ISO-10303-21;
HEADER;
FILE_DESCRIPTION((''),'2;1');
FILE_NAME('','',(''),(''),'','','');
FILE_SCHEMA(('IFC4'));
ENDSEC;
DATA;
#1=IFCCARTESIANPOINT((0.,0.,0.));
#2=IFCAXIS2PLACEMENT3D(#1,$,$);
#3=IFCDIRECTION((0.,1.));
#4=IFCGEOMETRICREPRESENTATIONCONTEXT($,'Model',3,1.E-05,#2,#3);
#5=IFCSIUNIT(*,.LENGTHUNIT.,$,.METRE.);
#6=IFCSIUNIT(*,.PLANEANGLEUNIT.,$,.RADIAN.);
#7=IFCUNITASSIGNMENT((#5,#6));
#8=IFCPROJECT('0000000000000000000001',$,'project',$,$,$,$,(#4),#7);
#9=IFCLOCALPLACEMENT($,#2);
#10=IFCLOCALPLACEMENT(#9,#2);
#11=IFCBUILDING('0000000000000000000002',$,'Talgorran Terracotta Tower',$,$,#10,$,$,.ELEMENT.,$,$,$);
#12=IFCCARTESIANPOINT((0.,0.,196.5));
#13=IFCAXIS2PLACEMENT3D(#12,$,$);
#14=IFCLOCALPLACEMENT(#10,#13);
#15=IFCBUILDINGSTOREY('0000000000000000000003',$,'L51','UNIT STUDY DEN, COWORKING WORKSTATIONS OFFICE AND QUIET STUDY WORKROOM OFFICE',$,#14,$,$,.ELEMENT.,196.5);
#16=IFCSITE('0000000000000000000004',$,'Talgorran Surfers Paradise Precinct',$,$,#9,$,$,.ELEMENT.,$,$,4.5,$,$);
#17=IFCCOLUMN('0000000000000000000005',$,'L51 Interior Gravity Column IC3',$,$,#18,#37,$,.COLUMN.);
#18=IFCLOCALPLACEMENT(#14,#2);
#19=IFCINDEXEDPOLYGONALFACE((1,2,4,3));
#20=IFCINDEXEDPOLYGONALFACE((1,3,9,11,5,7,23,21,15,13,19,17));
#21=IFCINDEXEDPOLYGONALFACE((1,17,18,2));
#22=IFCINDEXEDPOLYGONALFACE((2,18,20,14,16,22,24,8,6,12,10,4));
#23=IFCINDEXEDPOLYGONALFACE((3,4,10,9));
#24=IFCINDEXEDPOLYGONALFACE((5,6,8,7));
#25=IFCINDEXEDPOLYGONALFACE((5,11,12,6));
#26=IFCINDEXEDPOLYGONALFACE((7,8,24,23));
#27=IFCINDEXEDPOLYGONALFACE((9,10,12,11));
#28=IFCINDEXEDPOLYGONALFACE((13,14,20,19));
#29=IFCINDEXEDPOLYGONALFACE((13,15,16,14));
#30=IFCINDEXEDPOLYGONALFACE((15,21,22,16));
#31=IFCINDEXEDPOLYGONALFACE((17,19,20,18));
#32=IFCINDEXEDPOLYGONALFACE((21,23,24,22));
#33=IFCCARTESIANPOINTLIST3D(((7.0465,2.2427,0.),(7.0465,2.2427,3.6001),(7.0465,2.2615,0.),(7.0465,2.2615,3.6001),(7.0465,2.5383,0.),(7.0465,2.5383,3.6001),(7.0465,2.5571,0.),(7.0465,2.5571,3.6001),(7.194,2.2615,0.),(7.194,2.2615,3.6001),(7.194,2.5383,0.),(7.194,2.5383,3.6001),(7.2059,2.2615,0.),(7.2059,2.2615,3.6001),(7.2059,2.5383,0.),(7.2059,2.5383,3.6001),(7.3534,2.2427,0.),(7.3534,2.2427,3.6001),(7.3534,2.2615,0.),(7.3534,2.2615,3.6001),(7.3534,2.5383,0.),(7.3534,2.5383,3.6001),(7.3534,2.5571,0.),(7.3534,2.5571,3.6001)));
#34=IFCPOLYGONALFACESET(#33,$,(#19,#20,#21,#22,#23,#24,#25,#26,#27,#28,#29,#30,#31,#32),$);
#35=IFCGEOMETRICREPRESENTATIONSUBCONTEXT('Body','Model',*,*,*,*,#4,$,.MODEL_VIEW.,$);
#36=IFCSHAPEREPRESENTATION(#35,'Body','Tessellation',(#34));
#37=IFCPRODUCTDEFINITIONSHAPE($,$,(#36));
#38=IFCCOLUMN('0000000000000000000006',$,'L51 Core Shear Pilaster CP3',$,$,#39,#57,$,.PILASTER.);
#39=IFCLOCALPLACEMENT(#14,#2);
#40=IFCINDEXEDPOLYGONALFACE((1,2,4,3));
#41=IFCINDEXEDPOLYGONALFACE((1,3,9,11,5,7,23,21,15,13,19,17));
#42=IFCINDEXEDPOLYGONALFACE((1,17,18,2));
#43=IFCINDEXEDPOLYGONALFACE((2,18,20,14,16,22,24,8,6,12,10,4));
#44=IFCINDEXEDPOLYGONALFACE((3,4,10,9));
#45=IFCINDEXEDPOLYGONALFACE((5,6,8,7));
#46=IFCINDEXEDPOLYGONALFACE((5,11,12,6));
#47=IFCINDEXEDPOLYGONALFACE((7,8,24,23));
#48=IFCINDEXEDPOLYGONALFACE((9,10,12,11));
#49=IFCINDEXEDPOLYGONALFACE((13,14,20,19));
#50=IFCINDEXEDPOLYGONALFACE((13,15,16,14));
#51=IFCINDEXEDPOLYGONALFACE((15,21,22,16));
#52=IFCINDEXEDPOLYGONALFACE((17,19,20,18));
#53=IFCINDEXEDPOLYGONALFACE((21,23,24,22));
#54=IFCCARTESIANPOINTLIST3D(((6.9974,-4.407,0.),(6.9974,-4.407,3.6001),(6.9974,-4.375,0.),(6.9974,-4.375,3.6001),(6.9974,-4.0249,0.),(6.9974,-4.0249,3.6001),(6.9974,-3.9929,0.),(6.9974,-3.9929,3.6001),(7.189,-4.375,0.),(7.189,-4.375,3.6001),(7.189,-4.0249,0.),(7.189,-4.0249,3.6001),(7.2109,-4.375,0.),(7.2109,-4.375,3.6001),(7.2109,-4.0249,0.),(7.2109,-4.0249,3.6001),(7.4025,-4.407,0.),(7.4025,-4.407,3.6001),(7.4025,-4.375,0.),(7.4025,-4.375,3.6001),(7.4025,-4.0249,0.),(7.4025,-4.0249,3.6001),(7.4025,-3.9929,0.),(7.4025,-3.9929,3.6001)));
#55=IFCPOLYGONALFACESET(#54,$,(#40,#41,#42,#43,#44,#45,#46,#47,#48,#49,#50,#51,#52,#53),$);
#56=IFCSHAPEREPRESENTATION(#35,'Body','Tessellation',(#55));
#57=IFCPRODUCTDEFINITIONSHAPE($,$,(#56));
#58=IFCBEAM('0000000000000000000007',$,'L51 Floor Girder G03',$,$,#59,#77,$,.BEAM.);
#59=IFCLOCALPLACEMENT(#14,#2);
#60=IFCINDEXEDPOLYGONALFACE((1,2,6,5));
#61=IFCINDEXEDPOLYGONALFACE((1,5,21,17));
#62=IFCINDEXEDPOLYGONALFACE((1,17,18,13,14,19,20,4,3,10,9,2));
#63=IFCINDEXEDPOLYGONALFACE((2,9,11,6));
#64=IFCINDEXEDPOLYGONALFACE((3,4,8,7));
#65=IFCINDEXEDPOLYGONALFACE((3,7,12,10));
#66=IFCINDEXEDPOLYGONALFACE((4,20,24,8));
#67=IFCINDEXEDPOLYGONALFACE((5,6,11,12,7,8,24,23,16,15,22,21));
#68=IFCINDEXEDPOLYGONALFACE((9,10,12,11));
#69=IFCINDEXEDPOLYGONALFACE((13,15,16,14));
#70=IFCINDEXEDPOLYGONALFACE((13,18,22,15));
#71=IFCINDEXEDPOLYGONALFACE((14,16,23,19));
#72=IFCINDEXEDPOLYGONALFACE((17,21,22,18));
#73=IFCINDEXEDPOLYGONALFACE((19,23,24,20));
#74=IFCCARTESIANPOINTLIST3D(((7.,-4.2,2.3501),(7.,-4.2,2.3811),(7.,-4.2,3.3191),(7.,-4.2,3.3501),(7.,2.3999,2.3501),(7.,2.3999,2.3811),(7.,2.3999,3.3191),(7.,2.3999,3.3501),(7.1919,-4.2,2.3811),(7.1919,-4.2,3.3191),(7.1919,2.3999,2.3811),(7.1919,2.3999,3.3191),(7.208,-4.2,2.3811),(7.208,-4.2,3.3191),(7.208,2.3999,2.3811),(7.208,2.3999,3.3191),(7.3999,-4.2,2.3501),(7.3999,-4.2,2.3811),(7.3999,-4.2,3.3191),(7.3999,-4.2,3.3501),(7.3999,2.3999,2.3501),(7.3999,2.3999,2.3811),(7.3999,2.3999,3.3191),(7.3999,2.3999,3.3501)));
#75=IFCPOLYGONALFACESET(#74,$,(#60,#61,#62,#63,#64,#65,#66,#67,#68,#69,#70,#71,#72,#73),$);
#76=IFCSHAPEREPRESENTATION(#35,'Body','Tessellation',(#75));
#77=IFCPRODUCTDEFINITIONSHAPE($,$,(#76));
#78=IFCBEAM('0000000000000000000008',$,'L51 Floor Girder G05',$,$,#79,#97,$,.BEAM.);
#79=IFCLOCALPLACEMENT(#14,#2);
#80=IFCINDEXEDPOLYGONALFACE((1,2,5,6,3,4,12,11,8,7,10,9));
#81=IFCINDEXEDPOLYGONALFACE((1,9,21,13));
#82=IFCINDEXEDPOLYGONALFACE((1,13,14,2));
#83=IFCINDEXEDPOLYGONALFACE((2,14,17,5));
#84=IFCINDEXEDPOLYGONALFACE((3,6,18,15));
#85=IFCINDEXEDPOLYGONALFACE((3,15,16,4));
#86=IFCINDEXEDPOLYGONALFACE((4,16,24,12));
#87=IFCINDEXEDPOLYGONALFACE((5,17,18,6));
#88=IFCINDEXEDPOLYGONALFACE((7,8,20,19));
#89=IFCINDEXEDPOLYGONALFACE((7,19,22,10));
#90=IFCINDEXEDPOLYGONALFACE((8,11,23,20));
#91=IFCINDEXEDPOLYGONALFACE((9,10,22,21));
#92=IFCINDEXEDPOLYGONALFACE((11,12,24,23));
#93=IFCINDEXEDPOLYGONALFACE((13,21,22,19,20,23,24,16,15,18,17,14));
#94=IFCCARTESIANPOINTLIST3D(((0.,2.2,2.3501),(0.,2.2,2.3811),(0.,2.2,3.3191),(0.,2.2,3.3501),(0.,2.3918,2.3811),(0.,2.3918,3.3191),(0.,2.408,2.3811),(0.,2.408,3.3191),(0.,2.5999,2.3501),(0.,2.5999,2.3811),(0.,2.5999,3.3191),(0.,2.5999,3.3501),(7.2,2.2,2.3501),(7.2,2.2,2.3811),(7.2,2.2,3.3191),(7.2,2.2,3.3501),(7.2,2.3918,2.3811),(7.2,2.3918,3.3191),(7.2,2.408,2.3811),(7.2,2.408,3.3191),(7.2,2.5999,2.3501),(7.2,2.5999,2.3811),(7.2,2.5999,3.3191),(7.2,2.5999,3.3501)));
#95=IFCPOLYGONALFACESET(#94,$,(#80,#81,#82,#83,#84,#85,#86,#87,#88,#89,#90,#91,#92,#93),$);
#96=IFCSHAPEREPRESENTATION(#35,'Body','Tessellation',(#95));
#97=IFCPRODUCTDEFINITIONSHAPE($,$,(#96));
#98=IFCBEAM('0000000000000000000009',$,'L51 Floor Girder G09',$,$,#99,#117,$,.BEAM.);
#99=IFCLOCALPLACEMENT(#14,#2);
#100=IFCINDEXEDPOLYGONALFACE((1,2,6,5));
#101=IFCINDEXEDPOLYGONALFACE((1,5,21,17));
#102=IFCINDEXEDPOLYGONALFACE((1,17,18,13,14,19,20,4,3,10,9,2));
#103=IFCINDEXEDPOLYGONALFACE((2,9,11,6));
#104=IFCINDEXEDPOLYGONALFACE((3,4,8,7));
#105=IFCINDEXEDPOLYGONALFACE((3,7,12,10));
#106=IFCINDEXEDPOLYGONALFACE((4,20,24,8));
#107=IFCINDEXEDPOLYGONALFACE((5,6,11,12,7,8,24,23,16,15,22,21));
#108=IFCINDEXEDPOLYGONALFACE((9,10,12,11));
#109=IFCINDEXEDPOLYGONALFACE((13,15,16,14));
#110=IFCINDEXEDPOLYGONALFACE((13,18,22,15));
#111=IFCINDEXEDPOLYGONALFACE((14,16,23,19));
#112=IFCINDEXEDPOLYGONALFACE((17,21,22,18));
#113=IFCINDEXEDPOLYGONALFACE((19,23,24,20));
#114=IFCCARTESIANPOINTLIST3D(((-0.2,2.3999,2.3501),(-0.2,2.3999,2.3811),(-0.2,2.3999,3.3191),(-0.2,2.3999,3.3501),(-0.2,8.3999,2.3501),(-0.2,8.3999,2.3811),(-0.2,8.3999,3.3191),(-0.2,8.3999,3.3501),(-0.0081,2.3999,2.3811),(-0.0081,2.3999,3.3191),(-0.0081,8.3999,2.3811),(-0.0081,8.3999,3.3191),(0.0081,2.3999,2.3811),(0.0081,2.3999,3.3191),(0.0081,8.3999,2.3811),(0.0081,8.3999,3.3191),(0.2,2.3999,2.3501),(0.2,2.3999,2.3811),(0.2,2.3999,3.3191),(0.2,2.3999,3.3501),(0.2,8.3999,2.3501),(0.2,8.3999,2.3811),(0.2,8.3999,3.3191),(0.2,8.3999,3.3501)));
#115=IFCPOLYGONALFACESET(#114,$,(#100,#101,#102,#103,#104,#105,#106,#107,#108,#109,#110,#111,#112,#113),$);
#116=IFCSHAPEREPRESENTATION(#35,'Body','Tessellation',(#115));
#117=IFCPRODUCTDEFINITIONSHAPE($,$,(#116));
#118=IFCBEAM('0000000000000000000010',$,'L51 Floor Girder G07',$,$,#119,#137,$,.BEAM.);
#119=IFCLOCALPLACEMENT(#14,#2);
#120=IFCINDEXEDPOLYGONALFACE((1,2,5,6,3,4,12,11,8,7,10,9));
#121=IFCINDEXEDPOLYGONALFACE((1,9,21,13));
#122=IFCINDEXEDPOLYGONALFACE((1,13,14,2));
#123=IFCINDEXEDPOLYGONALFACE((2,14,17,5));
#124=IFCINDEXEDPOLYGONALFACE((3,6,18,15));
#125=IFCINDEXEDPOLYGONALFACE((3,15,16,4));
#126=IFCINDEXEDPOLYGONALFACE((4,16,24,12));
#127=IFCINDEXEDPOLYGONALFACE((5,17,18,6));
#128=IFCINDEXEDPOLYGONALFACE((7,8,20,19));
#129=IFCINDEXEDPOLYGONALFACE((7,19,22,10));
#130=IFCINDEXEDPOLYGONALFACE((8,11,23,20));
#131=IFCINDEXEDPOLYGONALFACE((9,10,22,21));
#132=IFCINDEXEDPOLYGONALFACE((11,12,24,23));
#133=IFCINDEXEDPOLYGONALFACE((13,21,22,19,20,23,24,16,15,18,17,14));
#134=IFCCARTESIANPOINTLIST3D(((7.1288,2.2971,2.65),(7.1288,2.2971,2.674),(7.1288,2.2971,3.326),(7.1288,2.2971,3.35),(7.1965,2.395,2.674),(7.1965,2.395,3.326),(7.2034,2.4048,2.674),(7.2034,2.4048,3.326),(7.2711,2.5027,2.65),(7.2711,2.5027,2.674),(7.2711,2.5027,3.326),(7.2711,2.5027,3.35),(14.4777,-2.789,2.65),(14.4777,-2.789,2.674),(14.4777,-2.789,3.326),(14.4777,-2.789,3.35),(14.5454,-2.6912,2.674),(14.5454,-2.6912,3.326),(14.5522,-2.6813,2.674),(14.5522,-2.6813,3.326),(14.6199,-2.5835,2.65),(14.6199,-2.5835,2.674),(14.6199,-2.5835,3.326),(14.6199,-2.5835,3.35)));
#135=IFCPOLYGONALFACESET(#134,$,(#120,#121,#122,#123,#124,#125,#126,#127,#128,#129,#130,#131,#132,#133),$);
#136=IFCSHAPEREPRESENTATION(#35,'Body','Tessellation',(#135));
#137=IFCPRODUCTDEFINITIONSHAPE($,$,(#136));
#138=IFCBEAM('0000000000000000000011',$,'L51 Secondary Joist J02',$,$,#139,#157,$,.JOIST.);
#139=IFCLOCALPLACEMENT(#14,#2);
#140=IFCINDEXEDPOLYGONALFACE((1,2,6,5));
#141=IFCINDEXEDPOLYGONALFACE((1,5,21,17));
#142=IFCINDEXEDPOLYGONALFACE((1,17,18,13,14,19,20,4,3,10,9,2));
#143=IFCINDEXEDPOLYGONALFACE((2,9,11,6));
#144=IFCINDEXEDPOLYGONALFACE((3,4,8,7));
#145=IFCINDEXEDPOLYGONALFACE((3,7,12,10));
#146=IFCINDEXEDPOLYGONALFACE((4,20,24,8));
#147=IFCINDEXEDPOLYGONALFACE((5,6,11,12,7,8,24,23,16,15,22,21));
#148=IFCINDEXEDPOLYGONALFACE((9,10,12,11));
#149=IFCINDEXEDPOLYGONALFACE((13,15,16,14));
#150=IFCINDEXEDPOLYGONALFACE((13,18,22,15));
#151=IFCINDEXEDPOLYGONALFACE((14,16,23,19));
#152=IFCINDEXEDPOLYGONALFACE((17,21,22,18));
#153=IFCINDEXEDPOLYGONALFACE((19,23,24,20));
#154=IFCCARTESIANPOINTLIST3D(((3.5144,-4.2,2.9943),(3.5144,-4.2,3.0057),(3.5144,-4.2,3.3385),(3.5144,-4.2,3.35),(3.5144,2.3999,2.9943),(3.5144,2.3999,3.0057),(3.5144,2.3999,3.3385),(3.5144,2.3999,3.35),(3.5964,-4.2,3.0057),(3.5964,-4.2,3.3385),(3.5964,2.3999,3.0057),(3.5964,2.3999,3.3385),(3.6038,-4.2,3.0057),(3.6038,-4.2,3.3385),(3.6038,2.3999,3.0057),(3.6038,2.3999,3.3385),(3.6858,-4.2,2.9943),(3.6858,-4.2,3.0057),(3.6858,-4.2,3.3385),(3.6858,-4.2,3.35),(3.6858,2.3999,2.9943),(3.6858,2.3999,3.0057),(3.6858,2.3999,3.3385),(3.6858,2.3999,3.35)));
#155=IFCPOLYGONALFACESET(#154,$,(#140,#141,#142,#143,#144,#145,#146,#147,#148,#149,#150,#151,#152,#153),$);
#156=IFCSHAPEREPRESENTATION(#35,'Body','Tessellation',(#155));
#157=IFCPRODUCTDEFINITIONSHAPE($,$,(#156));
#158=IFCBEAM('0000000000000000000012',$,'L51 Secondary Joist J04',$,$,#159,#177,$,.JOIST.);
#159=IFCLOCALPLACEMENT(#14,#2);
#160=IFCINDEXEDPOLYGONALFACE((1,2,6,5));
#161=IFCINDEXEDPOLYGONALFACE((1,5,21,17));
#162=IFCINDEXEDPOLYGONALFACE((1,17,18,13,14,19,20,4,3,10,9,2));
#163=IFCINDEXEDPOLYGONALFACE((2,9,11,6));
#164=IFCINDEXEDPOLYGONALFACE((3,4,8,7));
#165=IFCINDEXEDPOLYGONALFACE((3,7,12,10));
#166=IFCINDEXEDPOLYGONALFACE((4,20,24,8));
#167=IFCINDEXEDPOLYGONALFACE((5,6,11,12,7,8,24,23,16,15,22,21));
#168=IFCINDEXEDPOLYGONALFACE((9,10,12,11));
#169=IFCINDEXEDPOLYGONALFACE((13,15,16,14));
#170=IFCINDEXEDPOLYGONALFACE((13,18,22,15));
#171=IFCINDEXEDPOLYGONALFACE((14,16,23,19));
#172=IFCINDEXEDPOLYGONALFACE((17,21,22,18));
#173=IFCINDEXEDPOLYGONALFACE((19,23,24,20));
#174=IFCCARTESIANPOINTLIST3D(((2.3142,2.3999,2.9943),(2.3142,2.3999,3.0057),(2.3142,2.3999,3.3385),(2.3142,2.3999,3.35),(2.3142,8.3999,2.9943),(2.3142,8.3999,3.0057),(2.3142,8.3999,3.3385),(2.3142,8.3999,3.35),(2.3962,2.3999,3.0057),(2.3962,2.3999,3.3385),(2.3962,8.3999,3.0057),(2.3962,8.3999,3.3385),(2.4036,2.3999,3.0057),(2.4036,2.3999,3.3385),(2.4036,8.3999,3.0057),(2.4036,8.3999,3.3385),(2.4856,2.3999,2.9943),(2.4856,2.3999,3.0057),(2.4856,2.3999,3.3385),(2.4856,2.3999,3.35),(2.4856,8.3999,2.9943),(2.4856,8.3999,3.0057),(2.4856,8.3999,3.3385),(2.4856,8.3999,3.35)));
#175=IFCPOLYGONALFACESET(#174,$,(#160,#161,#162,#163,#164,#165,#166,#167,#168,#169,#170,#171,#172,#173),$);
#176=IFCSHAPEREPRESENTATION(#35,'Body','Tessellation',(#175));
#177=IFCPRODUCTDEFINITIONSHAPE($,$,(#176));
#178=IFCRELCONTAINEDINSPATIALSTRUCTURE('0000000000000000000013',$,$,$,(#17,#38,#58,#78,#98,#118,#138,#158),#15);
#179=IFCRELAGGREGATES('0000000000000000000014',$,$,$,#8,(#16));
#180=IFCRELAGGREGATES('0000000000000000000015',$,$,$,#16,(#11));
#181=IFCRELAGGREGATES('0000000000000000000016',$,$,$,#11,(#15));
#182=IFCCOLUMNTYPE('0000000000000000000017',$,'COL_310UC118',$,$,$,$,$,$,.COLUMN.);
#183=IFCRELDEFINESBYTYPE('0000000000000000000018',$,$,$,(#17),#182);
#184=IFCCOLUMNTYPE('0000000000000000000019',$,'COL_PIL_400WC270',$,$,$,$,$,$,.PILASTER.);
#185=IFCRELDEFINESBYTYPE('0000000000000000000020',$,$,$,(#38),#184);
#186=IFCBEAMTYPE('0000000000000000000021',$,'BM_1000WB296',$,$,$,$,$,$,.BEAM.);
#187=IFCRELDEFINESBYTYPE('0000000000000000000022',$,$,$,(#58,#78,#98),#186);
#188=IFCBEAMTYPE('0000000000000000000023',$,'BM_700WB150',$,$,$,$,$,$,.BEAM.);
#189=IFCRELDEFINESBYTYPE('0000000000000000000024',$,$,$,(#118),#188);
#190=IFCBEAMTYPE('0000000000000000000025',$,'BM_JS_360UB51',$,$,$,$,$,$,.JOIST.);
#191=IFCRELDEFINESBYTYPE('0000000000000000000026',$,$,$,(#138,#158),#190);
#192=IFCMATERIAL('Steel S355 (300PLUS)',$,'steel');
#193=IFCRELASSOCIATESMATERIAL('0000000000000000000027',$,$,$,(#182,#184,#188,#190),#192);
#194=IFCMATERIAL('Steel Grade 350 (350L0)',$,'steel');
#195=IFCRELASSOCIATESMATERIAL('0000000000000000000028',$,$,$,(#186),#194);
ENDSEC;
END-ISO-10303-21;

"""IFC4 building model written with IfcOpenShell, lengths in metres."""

from ifc_helpers import new_model, si_unit, direction, frame, origin, origin_2d, place, context, subcontext, project, spatial, i_section, extrude, material, material_profile, profile_set, type_object, element, save


model = new_model("IFC4")

# Units and contexts
model_context = context("Model", 3, precision=1e-05, world=origin(), true_north=direction((0.0, 1.0)))
body_context = subcontext(model_context, "Body", "Model", "MODEL_VIEW")
ifc_project = project(units=[si_unit("LENGTHUNIT", "METRE"), si_unit("PLANEANGLEUNIT", "RADIAN")], contexts=[model_context])

# Site, building, storey
site_placement = place(None, origin())
site = spatial("IfcSite", under=ifc_project, at=site_placement, Name="Talgorran Surfers Paradise Precinct", CompositionType="ELEMENT", RefElevation=4.5)
building_placement = place(site_placement, origin())
building = spatial("IfcBuilding", under=site, at=building_placement, Name="Talgorran Terracotta Tower", CompositionType="ELEMENT")
storey_placement = place(building_placement, frame((0.0, 0.0, 196.5)))
storey = spatial("IfcBuildingStorey", under=building, at=storey_placement, Name="L51", Description="UNIT STUDY DEN, COWORKING WORKSTATIONS OFFICE AND QUIET STUDY WORKROOM OFFICE", CompositionType="ELEMENT", Elevation=196.5)

# Columns
ifc_material_1 = material(Name="Steel S355 (300PLUS)", Category="steel")
ifc_material_profile_1 = material_profile(ifc_material_1, i_section(OverallWidth=0.3069, OverallDepth=0.3145, WebThickness=0.012, FlangeThickness=0.0188, at=origin_2d()), Name="310UC118")
ifc_profile_set_1 = profile_set([ifc_material_profile_1], Name="Steel S355 (300PLUS)")
column_type_1 = type_object("IfcColumnType", Name="COL_310UC118", PredefinedType="COLUMN", material=ifc_profile_set_1)
column_1_placement = place(storey_placement, frame((7.2, 2.3999, 0.0), z_axis=(0.0, 0.0, 1.0), x_axis=(1.0, 0.0, 0.0)))
element("IfcColumn", 1, at=column_1_placement, inside=storey, type_object=column_type_1, Name="L51 Interior Gravity Column IC3", PredefinedType="COLUMN", context=body_context, shape_type="SweptSolid", body=[
    extrude(i_section(OverallWidth=0.3069, OverallDepth=0.3145, WebThickness=0.012, FlangeThickness=0.0188, at=origin_2d()), origin(), (0.0, 0.0, 1.0), 3.6001),
])
ifc_material_profile_2 = material_profile(ifc_material_1, i_section(OverallWidth=0.405, OverallDepth=0.4141, WebThickness=0.022, FlangeThickness=0.032, at=origin_2d()), Name="400WC270")
ifc_profile_set_2 = profile_set([ifc_material_profile_2], Name="Steel S355 (300PLUS)")
column_type_2 = type_object("IfcColumnType", Name="COL_PIL_400WC270", PredefinedType="PILASTER", material=ifc_profile_set_2)
column_2_placement = place(storey_placement, frame((7.2, -4.2, 0.0), z_axis=(0.0, 0.0, 1.0), x_axis=(1.0, 0.0, 0.0)))
element("IfcColumn", 2, at=column_2_placement, inside=storey, type_object=column_type_2, Name="L51 Core Shear Pilaster CP3", PredefinedType="PILASTER", context=body_context, shape_type="SweptSolid", body=[
    extrude(i_section(OverallWidth=0.405, OverallDepth=0.4141, WebThickness=0.022, FlangeThickness=0.032, at=origin_2d()), origin(), (0.0, 0.0, 1.0), 3.6001),
])

# Beams
ifc_material_2 = material(Name="Steel Grade 350 (350L0)", Category="steel")
ifc_material_profile_3 = material_profile(ifc_material_2, i_section(OverallWidth=0.3999, OverallDepth=1.0, WebThickness=0.0161, FlangeThickness=0.031, at=origin_2d()), Name="1000WB296")
ifc_profile_set_3 = profile_set([ifc_material_profile_3], Name="Steel Grade 350 (350L0)")
beam_type_1 = type_object("IfcBeamType", Name="BM_1000WB296", PredefinedType="BEAM", material=ifc_profile_set_3)
beam_1_placement = place(storey_placement, frame((7.2, -4.2, 2.8501), z_axis=(0.0, 1.0, 0.0), x_axis=(-1.0, 0.0, 0.0)))
element("IfcBeam", 3, at=beam_1_placement, inside=storey, type_object=beam_type_1, Name="L51 Floor Girder G03", PredefinedType="BEAM", context=body_context, shape_type="SweptSolid", body=[
    extrude(i_section(OverallWidth=0.3999, OverallDepth=1.0, WebThickness=0.0161, FlangeThickness=0.031, at=origin_2d()), origin(), (0.0, 0.0, 1.0), 6.5999),
])
beam_2_placement = place(storey_placement, frame((0.0, 2.3999, 2.8501), z_axis=(1.0, 0.0, 0.0), x_axis=(0.0, 1.0, 0.0)))
element("IfcBeam", 4, at=beam_2_placement, inside=storey, type_object=beam_type_1, Name="L51 Floor Girder G05", PredefinedType="BEAM", context=body_context, shape_type="SweptSolid", body=[
    extrude(i_section(OverallWidth=0.3999, OverallDepth=1.0, WebThickness=0.0161, FlangeThickness=0.031, at=origin_2d()), origin(), (0.0, 0.0, 1.0), 7.2),
])
beam_3_placement = place(storey_placement, frame((0.0, 2.3999, 2.8501), z_axis=(0.0, 1.0, 0.0), x_axis=(-1.0, 0.0, 0.0)))
element("IfcBeam", 5, at=beam_3_placement, inside=storey, type_object=beam_type_1, Name="L51 Floor Girder G09", PredefinedType="BEAM", context=body_context, shape_type="SweptSolid", body=[
    extrude(i_section(OverallWidth=0.3999, OverallDepth=1.0, WebThickness=0.0161, FlangeThickness=0.031, at=origin_2d()), origin(), (0.0, 0.0, 1.0), 6.0),
])
ifc_material_profile_4 = material_profile(ifc_material_1, i_section(OverallWidth=0.25, OverallDepth=0.7, WebThickness=0.012, FlangeThickness=0.0239, at=origin_2d()), Name="700WB150")
ifc_profile_set_4 = profile_set([ifc_material_profile_4], Name="Steel S355 (300PLUS)")
beam_type_2 = type_object("IfcBeamType", Name="BM_700WB150", PredefinedType="BEAM", material=ifc_profile_set_4)
beam_4_placement = place(storey_placement, frame((7.2, 2.3999, 3.0), z_axis=(0.822271, -0.569096, 0.0), x_axis=(0.569096, 0.822271, 0.0)))
element("IfcBeam", 6, at=beam_4_placement, inside=storey, type_object=beam_type_2, Name="L51 Floor Girder G07", PredefinedType="BEAM", context=body_context, shape_type="SweptSolid", body=[
    extrude(i_section(OverallWidth=0.25, OverallDepth=0.7, WebThickness=0.012, FlangeThickness=0.0239, at=origin_2d()), origin(), (0.0, 0.0, 1.0), 8.9373),
])
ifc_material_profile_5 = material_profile(ifc_material_1, i_section(OverallWidth=0.1714, OverallDepth=0.3557, WebThickness=0.0073, FlangeThickness=0.0115, at=origin_2d()), Name="360UB50.7")
ifc_profile_set_5 = profile_set([ifc_material_profile_5], Name="Steel S355 (300PLUS)")
beam_type_3 = type_object("IfcBeamType", Name="BM_JS_360UB51", PredefinedType="JOIST", material=ifc_profile_set_5)
beam_5_placement = place(storey_placement, frame((3.6001, -4.2, 3.1721), z_axis=(0.0, 1.0, 0.0), x_axis=(-1.0, 0.0, 0.0)))
element("IfcBeam", 7, at=beam_5_placement, inside=storey, type_object=beam_type_3, Name="L51 Secondary Joist J02", PredefinedType="JOIST", context=body_context, shape_type="SweptSolid", body=[
    extrude(i_section(OverallWidth=0.1714, OverallDepth=0.3557, WebThickness=0.0073, FlangeThickness=0.0115, at=origin_2d()), origin(), (0.0, 0.0, 1.0), 6.5999),
])
beam_6_placement = place(storey_placement, frame((2.3999, 2.3999, 3.1721), z_axis=(0.0, 1.0, 0.0), x_axis=(-1.0, 0.0, 0.0)))
element("IfcBeam", 8, at=beam_6_placement, inside=storey, type_object=beam_type_3, Name="L51 Secondary Joist J04", PredefinedType="JOIST", context=body_context, shape_type="SweptSolid", body=[
    extrude(i_section(OverallWidth=0.1714, OverallDepth=0.3557, WebThickness=0.0073, FlangeThickness=0.0115, at=origin_2d()), origin(), (0.0, 0.0, 1.0), 6.0),
])

save(model, "model.ifc")
